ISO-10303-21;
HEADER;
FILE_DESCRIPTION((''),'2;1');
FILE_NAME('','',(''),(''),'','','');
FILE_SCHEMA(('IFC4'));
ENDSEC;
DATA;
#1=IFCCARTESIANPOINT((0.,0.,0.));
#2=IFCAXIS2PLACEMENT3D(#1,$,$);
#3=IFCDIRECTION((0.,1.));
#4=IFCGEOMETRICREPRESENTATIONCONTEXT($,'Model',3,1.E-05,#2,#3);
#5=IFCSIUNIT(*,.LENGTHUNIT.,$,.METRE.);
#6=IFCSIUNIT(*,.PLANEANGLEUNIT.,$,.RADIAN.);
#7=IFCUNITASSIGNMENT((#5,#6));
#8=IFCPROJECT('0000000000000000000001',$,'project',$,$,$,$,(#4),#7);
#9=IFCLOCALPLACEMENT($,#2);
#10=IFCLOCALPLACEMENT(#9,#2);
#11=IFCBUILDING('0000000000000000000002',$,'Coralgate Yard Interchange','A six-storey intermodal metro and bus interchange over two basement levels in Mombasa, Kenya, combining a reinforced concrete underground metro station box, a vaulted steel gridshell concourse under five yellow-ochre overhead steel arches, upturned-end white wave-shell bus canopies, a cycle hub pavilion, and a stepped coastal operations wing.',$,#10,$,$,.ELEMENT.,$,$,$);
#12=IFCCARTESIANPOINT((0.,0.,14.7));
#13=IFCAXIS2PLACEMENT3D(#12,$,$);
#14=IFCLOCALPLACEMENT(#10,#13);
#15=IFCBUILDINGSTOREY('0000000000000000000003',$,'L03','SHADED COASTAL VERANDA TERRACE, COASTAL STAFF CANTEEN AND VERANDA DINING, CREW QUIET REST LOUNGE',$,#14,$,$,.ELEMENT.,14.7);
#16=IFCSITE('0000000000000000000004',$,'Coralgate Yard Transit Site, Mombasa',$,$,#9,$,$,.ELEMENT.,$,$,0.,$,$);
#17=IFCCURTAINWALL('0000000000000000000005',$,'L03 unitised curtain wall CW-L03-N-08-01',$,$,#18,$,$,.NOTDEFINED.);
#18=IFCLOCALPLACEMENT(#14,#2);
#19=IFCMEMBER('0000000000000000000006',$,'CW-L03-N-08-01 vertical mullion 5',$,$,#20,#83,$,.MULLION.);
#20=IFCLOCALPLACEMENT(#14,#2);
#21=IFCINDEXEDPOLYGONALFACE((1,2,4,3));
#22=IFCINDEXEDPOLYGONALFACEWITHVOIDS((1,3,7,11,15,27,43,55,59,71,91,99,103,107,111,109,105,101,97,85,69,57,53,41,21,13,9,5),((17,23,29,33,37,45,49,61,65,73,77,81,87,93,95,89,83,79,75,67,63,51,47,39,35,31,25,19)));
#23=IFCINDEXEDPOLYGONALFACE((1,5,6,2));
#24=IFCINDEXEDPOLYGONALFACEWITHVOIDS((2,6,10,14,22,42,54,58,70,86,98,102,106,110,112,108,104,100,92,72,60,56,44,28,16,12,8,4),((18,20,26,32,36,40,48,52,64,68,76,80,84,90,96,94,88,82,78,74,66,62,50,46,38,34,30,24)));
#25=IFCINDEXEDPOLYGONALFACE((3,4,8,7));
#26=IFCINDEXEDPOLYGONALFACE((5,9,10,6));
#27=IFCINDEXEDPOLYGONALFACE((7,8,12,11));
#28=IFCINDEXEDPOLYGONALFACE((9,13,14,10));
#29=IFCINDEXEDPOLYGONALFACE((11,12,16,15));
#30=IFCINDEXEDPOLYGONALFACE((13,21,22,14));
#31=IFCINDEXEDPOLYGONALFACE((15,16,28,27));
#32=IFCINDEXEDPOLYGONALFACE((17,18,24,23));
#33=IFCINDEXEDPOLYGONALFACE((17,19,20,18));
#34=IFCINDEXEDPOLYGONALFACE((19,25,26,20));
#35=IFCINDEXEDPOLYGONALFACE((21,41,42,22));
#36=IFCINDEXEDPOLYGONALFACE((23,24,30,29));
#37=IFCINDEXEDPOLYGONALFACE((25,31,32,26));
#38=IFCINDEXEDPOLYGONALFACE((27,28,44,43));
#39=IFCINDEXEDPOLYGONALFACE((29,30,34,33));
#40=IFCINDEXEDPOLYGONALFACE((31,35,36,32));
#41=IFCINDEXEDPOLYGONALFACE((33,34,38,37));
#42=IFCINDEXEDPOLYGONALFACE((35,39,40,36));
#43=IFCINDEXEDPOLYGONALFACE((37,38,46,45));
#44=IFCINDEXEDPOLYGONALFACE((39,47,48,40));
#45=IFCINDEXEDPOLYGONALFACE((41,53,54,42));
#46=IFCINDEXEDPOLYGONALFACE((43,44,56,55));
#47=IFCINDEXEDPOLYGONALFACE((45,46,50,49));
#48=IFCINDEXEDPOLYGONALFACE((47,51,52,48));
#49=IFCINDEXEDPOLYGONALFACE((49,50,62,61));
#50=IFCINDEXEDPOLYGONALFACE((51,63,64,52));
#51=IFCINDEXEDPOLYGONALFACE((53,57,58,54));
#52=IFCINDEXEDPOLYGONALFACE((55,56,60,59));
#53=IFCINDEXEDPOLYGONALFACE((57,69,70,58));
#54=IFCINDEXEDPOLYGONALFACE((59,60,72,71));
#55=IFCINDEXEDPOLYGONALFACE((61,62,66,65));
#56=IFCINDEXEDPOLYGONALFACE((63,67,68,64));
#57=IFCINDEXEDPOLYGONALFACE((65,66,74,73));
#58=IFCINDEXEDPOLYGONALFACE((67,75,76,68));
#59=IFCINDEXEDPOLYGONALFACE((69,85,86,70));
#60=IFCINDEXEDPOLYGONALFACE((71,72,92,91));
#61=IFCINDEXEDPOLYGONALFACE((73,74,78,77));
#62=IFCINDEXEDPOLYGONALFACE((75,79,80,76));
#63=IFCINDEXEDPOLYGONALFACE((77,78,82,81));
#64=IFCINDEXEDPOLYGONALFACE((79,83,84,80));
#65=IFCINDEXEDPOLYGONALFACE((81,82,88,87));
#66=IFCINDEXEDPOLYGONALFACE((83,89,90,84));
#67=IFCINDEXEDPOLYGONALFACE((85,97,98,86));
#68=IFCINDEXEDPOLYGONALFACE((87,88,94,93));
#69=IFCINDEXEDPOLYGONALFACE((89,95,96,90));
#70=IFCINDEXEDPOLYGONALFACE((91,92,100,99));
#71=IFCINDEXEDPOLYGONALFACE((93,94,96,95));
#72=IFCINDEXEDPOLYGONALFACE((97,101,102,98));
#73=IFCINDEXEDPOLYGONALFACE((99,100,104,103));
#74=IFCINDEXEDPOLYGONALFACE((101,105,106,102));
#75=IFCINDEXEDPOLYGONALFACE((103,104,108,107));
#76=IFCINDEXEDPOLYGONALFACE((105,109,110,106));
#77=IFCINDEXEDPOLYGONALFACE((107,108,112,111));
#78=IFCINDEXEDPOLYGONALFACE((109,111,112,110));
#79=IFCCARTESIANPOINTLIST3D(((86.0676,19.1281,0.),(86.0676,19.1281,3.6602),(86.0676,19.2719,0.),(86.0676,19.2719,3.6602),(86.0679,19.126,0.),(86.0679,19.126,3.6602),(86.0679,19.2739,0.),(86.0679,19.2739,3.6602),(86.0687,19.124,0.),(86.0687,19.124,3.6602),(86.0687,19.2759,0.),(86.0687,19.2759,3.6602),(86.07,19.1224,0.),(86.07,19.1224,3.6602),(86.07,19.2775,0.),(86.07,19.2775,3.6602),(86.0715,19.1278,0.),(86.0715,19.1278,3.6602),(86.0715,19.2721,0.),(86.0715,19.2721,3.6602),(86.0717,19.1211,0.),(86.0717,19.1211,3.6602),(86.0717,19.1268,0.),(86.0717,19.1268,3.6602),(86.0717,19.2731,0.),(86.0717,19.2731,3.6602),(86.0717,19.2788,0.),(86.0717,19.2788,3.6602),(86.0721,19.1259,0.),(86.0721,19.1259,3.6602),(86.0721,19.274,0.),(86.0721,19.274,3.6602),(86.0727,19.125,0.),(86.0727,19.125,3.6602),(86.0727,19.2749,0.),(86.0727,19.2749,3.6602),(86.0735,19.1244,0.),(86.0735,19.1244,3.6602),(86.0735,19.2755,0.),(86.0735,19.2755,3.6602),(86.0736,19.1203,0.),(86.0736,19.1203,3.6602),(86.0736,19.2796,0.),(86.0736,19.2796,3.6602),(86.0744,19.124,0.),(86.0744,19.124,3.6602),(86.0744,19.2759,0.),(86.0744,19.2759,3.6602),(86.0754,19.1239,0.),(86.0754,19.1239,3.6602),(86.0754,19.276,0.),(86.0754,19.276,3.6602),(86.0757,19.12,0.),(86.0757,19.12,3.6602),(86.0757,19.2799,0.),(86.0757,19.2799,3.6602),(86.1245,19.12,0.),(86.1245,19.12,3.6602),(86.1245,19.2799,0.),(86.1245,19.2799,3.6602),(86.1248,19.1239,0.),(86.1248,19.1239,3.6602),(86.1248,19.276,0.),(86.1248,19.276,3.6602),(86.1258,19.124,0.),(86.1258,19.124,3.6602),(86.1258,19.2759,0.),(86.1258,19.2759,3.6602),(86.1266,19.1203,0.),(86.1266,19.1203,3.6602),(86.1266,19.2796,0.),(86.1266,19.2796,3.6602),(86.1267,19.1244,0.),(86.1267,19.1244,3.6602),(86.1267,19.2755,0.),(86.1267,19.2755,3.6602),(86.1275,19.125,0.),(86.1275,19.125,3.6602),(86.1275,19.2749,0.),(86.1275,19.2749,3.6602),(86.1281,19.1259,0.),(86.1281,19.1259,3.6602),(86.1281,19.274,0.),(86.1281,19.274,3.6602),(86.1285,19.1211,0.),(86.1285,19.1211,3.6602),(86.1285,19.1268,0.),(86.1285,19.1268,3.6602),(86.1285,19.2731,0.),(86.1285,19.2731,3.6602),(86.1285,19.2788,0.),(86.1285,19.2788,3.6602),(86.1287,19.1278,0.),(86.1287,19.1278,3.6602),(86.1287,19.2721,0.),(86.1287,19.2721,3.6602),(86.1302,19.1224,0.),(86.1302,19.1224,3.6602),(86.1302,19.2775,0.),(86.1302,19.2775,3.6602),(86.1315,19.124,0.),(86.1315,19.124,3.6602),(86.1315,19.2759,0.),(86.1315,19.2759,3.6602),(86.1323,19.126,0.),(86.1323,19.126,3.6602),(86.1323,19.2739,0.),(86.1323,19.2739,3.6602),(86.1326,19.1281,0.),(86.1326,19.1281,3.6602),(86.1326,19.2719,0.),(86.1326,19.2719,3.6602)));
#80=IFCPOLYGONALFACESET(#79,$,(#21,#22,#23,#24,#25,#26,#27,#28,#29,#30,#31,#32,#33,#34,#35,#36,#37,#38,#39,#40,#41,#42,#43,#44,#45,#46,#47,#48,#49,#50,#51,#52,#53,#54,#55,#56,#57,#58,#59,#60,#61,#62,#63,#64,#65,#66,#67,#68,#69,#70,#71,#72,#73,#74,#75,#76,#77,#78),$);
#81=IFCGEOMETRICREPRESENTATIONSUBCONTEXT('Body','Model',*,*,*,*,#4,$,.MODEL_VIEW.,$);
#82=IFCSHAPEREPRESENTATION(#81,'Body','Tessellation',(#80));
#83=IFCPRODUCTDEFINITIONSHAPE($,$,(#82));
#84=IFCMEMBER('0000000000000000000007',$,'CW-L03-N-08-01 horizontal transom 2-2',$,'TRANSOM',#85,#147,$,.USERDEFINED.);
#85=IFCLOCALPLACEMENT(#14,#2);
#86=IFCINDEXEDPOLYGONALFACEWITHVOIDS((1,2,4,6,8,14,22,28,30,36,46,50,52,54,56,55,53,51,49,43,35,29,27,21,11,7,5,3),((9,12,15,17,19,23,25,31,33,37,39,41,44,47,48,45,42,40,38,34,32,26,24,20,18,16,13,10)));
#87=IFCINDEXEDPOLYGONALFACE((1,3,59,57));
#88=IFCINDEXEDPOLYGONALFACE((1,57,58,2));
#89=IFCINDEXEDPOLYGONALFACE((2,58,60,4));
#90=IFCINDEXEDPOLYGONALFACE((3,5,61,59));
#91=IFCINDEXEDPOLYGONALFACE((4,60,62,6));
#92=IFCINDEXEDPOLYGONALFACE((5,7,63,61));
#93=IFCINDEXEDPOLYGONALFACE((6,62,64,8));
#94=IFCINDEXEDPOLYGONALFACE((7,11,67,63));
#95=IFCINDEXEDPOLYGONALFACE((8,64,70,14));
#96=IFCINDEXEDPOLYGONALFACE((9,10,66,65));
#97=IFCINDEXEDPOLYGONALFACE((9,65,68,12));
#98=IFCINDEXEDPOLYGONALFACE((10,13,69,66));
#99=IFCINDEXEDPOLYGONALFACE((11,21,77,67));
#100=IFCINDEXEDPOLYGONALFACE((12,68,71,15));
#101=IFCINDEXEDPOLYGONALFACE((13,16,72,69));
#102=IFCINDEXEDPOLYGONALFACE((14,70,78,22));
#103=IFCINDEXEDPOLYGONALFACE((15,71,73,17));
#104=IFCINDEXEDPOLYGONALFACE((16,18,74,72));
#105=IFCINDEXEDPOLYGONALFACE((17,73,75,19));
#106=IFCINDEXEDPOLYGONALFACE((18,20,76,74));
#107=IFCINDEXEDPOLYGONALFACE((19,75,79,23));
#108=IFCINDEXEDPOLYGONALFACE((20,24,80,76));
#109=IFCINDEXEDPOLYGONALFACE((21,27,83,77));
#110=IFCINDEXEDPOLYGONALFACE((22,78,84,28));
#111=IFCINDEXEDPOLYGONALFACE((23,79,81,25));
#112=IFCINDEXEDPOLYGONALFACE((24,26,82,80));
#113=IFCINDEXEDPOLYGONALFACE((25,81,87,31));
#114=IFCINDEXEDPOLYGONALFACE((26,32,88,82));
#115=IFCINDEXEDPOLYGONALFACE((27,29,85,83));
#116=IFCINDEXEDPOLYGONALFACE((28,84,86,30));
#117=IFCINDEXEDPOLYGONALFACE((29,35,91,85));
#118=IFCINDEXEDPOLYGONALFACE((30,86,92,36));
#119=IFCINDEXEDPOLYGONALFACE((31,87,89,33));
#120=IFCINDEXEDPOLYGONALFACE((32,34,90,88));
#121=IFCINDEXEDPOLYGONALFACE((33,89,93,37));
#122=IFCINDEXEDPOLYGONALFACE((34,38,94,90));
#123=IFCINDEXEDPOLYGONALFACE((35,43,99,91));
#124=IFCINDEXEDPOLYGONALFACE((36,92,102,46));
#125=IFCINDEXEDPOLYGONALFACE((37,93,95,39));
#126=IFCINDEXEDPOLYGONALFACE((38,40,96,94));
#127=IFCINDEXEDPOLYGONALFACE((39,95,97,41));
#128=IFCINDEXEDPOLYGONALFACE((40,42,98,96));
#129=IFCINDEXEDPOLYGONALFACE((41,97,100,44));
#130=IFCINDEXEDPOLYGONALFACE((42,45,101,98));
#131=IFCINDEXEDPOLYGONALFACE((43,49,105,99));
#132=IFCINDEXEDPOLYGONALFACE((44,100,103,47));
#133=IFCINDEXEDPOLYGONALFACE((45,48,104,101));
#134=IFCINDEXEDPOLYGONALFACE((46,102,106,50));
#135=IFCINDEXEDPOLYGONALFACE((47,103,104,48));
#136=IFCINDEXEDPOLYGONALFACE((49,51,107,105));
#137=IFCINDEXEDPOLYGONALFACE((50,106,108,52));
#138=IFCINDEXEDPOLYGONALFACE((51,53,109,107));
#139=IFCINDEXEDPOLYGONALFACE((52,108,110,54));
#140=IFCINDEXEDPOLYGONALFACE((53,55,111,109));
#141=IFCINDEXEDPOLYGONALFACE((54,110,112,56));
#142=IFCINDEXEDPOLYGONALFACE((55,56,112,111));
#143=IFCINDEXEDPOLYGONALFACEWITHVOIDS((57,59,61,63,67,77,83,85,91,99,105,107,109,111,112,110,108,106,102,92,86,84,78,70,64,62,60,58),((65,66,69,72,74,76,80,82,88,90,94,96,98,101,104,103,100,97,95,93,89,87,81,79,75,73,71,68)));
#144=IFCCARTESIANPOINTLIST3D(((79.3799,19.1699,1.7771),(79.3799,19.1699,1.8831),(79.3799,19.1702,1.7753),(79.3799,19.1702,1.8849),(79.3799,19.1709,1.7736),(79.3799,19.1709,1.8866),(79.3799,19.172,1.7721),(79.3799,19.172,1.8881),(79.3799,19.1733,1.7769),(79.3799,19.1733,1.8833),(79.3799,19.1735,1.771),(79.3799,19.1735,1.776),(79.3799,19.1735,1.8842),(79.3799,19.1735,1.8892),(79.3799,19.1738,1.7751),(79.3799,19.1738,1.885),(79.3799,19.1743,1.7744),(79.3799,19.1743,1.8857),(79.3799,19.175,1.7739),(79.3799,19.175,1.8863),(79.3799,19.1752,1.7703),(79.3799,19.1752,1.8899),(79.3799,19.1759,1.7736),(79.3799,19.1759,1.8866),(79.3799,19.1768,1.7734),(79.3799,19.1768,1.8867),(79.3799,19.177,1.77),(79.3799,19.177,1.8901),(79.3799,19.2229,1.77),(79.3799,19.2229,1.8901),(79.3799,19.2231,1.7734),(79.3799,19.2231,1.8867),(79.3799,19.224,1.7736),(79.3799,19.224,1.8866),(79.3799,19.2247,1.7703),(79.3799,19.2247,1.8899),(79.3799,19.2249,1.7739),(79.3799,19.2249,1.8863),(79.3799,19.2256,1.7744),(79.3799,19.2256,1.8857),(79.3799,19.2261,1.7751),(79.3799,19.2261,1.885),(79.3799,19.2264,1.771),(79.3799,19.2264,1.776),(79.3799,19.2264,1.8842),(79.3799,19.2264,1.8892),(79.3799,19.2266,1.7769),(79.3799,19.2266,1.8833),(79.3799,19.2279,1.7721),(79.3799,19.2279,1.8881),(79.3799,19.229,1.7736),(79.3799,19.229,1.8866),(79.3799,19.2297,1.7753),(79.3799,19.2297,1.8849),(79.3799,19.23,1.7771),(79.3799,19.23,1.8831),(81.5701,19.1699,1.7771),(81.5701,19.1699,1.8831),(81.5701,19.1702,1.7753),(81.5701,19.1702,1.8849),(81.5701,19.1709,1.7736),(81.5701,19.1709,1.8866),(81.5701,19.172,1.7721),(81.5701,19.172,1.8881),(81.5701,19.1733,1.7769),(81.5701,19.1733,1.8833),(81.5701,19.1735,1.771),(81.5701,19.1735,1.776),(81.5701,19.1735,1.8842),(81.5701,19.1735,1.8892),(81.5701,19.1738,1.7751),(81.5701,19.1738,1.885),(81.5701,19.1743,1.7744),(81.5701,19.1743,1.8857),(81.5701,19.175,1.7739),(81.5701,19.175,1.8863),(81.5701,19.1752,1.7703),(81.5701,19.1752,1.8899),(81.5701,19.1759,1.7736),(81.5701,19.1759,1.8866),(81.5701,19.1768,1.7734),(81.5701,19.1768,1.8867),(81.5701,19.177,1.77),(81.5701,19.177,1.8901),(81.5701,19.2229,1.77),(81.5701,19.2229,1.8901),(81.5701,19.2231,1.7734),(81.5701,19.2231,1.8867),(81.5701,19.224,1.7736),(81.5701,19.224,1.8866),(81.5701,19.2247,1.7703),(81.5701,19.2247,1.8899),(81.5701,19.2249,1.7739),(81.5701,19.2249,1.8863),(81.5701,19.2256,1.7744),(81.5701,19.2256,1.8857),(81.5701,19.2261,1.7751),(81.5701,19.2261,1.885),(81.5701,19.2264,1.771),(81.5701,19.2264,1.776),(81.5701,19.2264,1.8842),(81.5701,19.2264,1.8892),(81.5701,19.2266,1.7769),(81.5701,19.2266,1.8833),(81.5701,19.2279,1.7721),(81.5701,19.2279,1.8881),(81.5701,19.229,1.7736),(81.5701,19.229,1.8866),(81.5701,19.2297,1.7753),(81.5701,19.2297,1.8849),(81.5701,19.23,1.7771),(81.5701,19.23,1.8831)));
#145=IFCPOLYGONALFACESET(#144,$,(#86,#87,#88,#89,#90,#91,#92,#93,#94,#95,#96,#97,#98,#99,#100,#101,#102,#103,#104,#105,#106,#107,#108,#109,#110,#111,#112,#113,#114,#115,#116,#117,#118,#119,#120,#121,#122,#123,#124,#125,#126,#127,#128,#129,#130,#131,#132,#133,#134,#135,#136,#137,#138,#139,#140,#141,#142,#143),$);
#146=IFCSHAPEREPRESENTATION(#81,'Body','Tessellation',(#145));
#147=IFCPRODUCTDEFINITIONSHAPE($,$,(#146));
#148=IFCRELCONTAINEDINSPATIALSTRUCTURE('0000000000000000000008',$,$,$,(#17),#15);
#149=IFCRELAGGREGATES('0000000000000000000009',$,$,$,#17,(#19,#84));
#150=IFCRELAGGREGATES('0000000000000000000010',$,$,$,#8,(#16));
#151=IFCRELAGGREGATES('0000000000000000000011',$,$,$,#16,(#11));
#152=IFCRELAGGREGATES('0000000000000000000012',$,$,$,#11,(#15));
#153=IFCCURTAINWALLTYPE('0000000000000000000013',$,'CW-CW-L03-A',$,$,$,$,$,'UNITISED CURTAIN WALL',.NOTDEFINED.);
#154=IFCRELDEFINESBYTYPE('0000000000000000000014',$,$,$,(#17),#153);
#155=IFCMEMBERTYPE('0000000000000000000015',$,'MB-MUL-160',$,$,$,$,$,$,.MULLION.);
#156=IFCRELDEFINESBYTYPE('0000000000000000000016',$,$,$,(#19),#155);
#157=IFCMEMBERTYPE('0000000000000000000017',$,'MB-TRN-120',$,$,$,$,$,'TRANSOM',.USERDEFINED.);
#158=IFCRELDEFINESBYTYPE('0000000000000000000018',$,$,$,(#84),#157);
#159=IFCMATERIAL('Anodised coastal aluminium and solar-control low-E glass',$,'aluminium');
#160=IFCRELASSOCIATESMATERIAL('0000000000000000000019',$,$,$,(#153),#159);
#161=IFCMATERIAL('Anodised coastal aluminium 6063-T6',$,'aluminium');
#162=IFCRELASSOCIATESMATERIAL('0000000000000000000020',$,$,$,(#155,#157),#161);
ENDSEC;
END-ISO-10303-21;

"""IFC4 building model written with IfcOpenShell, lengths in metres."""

from ifc_helpers import new_model, si_unit, direction, frame, origin, origin_2d, place, context, subcontext, project, spatial, hollow_rectangle, extrude, material, material_profile, profile_set, type_object, element, aggregate, save


model = new_model("IFC4")

# Units and contexts
model_context = context("Model", 3, precision=1e-05, world=origin(), true_north=direction((0.0, 1.0)))
body_context = subcontext(model_context, "Body", "Model", "MODEL_VIEW")
ifc_project = project(units=[si_unit("LENGTHUNIT", "METRE"), si_unit("PLANEANGLEUNIT", "RADIAN")], contexts=[model_context])

# Site, building, storey
site_placement = place(None, origin())
site = spatial("IfcSite", under=ifc_project, at=site_placement, Name="Coralgate Yard Transit Site, Mombasa", CompositionType="ELEMENT", RefElevation=0.0)
building_placement = place(site_placement, origin())
building = spatial("IfcBuilding", under=site, at=building_placement, Name="Coralgate Yard Interchange", Description="A six-storey intermodal metro and bus interchange over two basement levels in Mombasa, Kenya, combining a reinforced concrete underground metro station box, a vaulted steel gridshell concourse under five yellow-ochre overhead steel arches, upturned-end white wave-shell bus canopies, a cycle hub pavilion, and a stepped coastal operations wing.", CompositionType="ELEMENT")
storey_placement = place(building_placement, frame((0.0, 0.0, 14.7)))
storey = spatial("IfcBuildingStorey", under=building, at=storey_placement, Name="L03", Description="SHADED COASTAL VERANDA TERRACE, COASTAL STAFF CANTEEN AND VERANDA DINING, CREW QUIET REST LOUNGE", CompositionType="ELEMENT", Elevation=14.7)

# Curtain wall, members
ifc_material_1 = material(Name="Anodised coastal aluminium and solar-control low-E glass", Category="aluminium")
curtain_wall_type = type_object("IfcCurtainWallType", Name="CW-CW-L03-A", ElementType="UNITISED CURTAIN WALL", PredefinedType="NOTDEFINED", material=ifc_material_1)
curtain_wall_placement = place(storey_placement, origin())
curtain_wall = element("IfcCurtainWall", 1, at=curtain_wall_placement, inside=storey, type_object=curtain_wall_type, Name="L03 unitised curtain wall CW-L03-N-08-01", PredefinedType="NOTDEFINED")
ifc_material_2 = material(Name="Anodised coastal aluminium 6063-T6", Category="aluminium")
ifc_material_profile_1 = material_profile(ifc_material_2, hollow_rectangle(XDim=0.0649, YDim=0.1599, WallThickness=0.0039, InnerFilletRadius=0.0039, OuterFilletRadius=0.0081, at=origin_2d()), Name="ALU 65x160x4")
ifc_profile_set_1 = profile_set([ifc_material_profile_1], Name="Anodised coastal aluminium 6063-T6")
member_type_1 = type_object("IfcMemberType", Name="MB-MUL-160", PredefinedType="MULLION", material=ifc_profile_set_1)
member_1_placement = place(storey_placement, frame((86.1001, 19.2, 0.0), z_axis=(0.0, 0.0, 1.0), x_axis=(1.0, 0.0, 0.0)))
member_1 = element("IfcMember", 2, at=member_1_placement, type_object=member_type_1, Name="CW-L03-N-08-01 vertical mullion 5", PredefinedType="MULLION", context=body_context, shape_type="SweptSolid", body=[
    extrude(hollow_rectangle(XDim=0.0649, YDim=0.1599, WallThickness=0.0039, InnerFilletRadius=0.0039, OuterFilletRadius=0.0081, at=origin_2d()), origin(), (0.0, 0.0, 1.0), 3.6602),
])
ifc_material_profile_2 = material_profile(ifc_material_2, hollow_rectangle(XDim=0.0601, YDim=0.1201, WallThickness=0.0034, InnerFilletRadius=0.0034, OuterFilletRadius=0.0071, at=origin_2d()), Name="ALU 60x120x3.5")
ifc_profile_set_2 = profile_set([ifc_material_profile_2], Name="Anodised coastal aluminium 6063-T6")
member_type_2 = type_object("IfcMemberType", Name="MB-TRN-120", ElementType="TRANSOM", PredefinedType="USERDEFINED", material=ifc_profile_set_2)
member_2_placement = place(storey_placement, frame((79.3799, 19.2, 1.8301), z_axis=(1.0, 0.0, 0.0), x_axis=(0.0, 1.0, 0.0)))
member_2 = element("IfcMember", 3, at=member_2_placement, type_object=member_type_2, Name="CW-L03-N-08-01 horizontal transom 2-2", ObjectType="TRANSOM", PredefinedType="USERDEFINED", context=body_context, shape_type="SweptSolid", body=[
    extrude(hollow_rectangle(XDim=0.0601, YDim=0.1201, WallThickness=0.0034, InnerFilletRadius=0.0034, OuterFilletRadius=0.0071, at=origin_2d()), origin(), (0.0, 0.0, 1.0), 2.1902),
])
aggregate(curtain_wall, [member_1, member_2])

save(model, "model.ifc")
